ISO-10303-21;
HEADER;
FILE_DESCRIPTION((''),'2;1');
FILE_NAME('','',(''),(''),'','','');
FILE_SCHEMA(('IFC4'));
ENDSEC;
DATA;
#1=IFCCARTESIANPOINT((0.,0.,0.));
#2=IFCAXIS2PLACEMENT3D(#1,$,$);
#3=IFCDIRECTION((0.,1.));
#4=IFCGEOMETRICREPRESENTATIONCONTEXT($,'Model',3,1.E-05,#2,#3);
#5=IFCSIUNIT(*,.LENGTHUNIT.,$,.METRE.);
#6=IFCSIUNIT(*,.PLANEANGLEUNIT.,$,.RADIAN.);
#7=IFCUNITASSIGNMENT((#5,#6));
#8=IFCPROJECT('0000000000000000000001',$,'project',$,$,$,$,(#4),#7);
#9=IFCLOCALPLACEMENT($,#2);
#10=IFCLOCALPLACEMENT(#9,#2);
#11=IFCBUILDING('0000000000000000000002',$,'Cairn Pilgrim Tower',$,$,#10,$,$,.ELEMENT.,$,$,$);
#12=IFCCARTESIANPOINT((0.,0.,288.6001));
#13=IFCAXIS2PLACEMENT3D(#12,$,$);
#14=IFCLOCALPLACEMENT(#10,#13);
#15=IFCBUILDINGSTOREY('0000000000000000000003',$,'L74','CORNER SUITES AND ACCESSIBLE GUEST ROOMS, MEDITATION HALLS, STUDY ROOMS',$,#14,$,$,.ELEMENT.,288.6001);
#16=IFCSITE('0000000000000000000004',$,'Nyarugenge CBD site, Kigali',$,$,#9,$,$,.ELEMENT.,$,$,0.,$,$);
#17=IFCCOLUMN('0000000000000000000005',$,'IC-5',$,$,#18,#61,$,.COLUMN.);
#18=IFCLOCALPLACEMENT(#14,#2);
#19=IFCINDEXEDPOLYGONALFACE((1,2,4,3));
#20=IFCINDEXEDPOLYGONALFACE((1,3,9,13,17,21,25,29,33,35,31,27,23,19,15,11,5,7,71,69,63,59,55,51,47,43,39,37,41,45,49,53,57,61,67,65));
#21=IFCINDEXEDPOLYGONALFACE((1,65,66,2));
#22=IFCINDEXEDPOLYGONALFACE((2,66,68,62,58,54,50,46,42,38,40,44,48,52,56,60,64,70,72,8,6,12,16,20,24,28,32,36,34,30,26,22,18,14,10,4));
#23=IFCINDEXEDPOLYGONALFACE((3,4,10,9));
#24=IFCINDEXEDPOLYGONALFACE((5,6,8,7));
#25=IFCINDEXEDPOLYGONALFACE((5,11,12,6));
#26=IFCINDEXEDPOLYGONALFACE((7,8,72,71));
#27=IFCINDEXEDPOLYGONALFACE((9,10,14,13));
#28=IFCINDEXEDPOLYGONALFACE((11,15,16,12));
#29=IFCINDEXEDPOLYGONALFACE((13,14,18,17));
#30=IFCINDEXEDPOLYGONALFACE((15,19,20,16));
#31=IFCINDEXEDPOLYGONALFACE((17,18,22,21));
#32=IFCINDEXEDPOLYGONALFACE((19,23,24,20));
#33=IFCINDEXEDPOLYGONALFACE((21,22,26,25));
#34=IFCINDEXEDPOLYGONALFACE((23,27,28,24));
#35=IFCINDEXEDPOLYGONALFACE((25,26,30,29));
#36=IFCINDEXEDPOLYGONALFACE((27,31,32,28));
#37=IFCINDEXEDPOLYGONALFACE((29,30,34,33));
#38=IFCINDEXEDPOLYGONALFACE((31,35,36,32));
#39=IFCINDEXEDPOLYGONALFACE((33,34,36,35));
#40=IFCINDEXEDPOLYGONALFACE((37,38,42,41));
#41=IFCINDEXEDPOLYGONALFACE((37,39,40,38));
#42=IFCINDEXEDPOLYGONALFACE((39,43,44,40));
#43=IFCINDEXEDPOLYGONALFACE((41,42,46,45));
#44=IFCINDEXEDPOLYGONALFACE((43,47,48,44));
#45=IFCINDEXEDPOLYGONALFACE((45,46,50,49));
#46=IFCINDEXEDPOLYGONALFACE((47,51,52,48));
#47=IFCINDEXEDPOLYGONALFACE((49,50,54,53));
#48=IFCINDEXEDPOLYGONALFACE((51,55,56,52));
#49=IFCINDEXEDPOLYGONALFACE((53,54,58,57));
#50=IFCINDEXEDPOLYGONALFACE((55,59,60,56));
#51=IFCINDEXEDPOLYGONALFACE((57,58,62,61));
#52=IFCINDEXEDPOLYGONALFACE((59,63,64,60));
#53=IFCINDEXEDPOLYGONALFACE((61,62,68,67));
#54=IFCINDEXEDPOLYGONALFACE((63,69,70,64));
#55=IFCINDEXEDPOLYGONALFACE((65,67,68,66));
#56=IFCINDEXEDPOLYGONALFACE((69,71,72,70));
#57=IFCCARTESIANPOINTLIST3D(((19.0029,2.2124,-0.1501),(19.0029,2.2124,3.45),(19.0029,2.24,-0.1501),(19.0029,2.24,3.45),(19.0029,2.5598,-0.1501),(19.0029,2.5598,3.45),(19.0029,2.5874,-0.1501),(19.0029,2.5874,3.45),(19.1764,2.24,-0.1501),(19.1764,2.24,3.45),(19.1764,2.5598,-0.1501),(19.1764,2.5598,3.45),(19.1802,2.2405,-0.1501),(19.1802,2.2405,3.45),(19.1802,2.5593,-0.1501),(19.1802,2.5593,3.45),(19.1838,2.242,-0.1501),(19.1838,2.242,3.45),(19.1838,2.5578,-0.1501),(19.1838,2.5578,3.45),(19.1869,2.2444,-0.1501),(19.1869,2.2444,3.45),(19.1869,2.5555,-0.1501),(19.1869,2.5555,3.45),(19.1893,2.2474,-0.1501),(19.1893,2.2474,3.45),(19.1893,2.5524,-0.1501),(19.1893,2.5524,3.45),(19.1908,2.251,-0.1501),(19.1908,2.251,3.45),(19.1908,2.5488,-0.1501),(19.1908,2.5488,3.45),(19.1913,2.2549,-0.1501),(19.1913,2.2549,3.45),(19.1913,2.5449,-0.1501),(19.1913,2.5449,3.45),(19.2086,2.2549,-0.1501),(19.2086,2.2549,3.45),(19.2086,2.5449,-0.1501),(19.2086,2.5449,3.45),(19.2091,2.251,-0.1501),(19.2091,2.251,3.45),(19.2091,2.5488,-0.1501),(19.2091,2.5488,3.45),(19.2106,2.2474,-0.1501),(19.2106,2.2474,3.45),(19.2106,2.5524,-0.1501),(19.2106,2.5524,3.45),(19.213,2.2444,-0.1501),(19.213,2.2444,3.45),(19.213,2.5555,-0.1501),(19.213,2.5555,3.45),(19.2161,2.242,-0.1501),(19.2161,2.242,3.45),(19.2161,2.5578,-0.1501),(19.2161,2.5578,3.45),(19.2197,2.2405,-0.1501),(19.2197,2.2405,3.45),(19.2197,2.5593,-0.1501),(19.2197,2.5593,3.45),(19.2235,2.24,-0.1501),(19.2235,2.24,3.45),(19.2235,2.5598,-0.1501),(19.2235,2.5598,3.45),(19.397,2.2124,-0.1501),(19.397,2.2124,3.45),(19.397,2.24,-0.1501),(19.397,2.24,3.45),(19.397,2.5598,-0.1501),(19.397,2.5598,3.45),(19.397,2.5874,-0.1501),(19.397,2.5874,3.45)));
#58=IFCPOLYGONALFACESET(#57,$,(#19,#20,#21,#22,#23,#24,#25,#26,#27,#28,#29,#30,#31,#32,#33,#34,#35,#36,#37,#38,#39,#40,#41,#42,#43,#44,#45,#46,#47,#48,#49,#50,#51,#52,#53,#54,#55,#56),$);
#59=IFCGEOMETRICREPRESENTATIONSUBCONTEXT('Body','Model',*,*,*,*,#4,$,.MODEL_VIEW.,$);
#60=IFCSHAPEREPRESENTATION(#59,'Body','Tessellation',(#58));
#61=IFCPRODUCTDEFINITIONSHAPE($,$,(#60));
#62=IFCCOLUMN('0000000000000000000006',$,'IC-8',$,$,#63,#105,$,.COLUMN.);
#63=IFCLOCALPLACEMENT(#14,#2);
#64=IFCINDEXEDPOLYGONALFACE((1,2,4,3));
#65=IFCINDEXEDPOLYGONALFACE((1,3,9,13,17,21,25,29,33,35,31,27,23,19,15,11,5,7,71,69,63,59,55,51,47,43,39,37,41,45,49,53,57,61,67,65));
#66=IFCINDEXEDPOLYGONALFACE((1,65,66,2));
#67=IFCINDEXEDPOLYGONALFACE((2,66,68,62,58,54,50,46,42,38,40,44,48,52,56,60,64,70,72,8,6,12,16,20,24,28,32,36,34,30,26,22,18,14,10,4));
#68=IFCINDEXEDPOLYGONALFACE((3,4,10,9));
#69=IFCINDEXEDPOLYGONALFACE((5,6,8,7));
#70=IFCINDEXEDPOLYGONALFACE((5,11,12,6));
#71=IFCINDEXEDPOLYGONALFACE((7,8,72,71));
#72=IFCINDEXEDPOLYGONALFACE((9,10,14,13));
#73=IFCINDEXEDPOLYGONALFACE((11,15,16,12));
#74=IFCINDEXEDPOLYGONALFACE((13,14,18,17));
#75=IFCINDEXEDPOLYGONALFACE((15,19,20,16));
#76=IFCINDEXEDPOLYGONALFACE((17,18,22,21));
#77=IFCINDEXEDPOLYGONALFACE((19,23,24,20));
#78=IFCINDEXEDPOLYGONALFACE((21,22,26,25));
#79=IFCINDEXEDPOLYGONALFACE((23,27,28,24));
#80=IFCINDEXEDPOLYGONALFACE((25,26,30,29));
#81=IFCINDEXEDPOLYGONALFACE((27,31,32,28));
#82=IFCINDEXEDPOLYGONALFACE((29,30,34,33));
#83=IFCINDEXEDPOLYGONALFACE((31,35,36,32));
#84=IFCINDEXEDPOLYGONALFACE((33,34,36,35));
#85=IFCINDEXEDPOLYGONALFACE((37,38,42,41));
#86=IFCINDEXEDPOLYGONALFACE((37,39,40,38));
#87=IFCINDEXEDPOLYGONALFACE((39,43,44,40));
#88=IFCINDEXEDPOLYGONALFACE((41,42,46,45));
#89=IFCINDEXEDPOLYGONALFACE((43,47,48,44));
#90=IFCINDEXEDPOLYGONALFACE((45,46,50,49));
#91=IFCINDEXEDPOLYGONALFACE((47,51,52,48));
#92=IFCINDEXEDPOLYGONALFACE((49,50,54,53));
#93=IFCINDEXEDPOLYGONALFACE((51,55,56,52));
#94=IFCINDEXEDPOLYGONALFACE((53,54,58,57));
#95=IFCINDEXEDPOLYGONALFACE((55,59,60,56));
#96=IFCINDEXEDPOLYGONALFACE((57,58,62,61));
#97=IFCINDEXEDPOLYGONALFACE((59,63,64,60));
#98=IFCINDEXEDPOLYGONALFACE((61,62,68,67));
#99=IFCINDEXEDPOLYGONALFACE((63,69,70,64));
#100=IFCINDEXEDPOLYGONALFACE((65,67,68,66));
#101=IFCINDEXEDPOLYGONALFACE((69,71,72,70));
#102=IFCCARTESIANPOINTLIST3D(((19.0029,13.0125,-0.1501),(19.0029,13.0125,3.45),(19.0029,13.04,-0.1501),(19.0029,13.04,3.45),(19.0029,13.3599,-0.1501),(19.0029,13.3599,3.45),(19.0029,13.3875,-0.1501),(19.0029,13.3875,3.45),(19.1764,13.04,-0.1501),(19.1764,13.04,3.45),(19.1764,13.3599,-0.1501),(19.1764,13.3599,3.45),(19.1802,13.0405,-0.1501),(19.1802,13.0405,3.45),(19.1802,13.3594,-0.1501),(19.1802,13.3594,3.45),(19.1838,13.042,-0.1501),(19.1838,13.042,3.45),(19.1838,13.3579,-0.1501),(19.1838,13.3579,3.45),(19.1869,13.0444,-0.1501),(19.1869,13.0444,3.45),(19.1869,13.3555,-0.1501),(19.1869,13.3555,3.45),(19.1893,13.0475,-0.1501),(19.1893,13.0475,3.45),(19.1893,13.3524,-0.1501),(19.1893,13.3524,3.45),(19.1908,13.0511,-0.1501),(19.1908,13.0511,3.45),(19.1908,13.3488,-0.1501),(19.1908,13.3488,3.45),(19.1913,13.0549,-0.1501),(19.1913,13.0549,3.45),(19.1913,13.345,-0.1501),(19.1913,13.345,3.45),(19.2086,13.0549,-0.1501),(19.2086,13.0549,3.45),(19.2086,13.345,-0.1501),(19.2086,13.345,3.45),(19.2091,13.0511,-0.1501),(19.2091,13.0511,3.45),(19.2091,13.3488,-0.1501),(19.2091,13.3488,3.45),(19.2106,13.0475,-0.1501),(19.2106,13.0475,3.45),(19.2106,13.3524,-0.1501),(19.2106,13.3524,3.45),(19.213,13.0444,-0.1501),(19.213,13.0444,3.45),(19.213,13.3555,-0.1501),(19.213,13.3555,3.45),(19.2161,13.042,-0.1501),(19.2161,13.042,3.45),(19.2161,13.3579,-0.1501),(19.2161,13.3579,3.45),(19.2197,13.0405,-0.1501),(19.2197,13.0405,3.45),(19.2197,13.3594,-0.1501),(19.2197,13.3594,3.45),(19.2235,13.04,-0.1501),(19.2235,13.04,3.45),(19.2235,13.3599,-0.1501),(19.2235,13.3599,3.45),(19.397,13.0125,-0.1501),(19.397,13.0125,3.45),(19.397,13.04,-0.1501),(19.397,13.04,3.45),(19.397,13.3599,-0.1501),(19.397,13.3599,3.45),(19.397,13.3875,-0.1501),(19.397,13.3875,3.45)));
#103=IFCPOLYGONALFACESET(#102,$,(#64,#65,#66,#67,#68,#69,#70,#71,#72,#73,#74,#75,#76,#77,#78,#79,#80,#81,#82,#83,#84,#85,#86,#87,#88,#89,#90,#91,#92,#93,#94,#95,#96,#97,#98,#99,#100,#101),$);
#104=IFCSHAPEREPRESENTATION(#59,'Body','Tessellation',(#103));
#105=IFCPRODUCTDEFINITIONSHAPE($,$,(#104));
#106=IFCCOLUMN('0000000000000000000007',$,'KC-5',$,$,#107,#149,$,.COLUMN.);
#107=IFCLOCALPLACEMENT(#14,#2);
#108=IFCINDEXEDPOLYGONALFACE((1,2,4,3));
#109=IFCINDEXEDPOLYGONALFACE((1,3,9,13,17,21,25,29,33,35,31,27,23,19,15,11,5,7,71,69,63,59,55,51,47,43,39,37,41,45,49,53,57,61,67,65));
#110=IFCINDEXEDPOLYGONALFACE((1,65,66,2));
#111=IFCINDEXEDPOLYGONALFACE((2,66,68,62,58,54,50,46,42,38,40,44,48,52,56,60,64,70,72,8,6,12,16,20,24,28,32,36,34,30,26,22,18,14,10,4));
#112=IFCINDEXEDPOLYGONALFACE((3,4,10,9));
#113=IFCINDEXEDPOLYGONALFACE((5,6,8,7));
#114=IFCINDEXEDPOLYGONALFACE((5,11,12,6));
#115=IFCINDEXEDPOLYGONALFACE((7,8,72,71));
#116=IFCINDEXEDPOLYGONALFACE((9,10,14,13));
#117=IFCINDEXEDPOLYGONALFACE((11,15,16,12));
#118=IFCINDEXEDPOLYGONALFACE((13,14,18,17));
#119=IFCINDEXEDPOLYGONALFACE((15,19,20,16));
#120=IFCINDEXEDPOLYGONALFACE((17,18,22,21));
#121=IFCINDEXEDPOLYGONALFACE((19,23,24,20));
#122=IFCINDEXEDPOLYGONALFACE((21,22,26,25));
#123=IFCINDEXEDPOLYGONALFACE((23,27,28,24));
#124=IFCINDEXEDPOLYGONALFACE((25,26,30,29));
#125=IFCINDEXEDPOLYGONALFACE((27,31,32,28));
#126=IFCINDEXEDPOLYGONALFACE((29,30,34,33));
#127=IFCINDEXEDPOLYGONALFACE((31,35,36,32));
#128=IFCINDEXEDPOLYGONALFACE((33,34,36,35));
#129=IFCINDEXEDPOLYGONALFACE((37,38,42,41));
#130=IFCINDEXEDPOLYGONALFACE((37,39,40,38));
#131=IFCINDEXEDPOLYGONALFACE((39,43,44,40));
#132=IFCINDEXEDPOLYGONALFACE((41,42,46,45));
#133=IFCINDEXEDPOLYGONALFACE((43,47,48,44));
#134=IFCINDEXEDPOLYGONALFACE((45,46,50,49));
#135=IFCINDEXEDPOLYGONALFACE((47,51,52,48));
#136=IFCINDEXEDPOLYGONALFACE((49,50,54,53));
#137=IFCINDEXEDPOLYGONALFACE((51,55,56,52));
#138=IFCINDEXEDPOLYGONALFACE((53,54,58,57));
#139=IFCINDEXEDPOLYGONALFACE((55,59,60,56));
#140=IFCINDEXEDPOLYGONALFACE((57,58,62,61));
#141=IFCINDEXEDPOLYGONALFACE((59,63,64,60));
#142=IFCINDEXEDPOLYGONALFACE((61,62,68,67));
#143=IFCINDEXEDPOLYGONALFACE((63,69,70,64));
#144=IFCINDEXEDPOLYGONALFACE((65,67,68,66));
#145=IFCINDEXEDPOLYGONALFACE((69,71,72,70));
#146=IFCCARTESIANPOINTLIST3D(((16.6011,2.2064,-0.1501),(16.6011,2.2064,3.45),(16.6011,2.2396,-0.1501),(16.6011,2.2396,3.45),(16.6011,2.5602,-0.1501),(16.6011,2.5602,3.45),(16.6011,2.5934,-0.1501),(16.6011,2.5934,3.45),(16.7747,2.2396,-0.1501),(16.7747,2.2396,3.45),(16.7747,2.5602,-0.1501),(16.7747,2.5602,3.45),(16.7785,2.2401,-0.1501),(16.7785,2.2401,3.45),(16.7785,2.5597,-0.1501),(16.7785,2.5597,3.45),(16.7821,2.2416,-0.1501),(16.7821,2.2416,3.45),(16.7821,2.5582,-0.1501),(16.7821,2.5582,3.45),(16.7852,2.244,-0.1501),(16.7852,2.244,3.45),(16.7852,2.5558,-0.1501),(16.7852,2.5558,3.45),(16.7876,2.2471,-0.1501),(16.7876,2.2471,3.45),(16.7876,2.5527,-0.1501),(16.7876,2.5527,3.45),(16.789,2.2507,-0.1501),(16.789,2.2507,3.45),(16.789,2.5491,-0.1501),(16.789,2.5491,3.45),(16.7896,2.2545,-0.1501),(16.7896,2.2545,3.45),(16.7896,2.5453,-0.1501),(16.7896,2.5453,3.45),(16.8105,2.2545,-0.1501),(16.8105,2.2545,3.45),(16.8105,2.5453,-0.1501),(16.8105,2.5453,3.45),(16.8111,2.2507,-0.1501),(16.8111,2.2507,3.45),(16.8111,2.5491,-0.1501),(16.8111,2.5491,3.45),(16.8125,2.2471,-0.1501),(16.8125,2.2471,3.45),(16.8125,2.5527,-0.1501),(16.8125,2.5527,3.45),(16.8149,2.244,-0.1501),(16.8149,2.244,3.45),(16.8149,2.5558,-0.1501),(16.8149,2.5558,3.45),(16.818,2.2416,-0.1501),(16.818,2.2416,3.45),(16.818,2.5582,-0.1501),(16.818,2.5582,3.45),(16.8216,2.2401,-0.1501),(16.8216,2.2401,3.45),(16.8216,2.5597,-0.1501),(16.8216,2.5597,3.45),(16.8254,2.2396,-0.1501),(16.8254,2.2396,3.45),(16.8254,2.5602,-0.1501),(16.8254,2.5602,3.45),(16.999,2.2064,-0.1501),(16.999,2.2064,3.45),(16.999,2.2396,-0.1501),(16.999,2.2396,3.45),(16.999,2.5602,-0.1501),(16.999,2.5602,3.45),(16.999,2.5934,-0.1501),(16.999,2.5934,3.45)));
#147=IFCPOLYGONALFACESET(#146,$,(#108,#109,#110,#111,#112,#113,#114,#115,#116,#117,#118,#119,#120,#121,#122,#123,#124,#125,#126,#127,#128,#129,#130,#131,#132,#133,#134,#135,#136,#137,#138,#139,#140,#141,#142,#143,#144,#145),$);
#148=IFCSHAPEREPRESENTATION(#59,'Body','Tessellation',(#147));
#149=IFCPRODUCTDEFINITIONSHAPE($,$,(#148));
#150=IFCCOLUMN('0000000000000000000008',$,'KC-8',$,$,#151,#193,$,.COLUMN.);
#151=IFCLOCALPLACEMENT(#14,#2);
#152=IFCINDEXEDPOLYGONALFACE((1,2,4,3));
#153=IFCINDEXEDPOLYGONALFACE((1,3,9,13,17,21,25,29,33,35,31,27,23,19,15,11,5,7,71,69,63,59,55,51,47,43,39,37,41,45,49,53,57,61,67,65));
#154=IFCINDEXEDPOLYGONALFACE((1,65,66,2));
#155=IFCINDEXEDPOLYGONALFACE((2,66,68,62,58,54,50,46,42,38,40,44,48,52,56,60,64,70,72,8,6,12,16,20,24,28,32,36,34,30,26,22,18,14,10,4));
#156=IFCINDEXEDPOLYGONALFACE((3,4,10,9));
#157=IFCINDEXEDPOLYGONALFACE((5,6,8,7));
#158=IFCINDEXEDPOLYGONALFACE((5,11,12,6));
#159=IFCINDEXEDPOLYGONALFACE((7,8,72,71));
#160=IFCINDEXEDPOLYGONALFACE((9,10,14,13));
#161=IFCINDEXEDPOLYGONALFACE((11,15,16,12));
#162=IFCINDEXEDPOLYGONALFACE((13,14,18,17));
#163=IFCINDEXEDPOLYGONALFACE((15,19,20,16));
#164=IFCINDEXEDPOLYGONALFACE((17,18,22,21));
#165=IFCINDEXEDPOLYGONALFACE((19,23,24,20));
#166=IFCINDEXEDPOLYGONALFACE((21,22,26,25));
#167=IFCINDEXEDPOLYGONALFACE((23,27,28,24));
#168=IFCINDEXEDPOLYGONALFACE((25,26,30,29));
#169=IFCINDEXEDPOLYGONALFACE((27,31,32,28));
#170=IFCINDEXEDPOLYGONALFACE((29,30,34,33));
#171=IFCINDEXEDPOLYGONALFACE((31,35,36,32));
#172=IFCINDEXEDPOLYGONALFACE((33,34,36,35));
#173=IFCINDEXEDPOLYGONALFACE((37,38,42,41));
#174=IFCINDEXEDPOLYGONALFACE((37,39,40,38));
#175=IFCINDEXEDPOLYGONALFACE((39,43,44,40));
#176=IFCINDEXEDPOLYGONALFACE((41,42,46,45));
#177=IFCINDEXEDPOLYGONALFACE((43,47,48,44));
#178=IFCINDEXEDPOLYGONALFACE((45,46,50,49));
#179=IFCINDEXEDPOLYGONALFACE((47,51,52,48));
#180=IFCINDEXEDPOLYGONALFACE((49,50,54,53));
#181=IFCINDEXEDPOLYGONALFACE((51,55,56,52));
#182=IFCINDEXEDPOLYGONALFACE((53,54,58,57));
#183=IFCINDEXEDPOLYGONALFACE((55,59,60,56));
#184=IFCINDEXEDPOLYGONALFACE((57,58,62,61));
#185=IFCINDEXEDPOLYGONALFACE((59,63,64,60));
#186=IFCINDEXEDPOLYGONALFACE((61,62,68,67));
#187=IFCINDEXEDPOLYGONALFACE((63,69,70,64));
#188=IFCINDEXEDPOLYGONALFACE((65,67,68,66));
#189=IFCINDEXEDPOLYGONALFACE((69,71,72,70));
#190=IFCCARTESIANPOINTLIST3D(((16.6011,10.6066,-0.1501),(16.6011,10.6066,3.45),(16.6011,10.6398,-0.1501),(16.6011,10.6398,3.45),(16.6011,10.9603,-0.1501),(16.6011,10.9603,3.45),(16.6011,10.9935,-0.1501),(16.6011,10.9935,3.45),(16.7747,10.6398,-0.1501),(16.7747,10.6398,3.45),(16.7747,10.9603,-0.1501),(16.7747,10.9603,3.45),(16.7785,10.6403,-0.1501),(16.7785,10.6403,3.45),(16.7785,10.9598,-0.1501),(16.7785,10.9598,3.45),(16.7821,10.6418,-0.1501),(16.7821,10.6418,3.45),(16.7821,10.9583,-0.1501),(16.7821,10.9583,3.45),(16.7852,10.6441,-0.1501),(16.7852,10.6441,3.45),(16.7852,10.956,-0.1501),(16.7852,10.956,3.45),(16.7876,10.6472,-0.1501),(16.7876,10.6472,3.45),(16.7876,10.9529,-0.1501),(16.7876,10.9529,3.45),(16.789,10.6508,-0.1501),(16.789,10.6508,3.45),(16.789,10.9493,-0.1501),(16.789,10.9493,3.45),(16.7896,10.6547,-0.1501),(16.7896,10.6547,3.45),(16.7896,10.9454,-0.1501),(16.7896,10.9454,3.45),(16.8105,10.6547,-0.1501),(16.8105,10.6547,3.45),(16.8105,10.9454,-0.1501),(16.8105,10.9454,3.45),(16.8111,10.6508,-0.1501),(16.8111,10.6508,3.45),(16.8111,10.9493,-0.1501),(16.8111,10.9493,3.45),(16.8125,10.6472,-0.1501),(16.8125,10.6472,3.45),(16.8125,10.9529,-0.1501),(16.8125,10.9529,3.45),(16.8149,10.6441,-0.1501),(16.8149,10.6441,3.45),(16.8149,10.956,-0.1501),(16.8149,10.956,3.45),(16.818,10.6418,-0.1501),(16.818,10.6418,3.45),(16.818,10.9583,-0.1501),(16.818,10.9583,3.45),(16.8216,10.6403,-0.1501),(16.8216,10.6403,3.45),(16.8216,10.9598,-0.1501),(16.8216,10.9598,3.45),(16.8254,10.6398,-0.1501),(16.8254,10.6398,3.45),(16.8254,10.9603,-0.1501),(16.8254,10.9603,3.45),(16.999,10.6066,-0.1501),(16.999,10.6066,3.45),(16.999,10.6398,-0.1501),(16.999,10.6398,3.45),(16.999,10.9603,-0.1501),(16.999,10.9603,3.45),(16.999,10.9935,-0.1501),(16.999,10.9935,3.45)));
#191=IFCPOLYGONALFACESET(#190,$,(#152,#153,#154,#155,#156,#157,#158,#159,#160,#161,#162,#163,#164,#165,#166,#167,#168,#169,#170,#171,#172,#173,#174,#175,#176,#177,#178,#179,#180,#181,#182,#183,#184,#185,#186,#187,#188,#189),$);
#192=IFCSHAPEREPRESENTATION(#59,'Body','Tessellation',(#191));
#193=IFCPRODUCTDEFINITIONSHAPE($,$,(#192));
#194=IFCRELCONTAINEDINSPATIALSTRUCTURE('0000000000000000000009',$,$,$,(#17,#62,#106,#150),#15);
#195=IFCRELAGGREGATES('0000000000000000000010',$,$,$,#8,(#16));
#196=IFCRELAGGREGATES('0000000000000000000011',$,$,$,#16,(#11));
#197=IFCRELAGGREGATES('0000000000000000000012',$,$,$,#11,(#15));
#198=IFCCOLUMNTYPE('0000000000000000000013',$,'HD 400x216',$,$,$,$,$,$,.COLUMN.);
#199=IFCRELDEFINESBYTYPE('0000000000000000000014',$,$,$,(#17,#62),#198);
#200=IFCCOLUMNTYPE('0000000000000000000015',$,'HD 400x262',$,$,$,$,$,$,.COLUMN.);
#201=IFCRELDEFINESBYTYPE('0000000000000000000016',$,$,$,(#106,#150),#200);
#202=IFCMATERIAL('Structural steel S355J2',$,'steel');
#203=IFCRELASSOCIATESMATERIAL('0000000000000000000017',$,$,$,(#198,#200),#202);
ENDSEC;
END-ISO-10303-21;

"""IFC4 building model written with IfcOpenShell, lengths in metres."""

from ifc_helpers import new_model, si_unit, direction, frame, origin, origin_2d, place, context, subcontext, project, spatial, i_section, extrude, material, material_profile, profile_set, type_object, element, save


model = new_model("IFC4")

# Units and contexts
model_context = context("Model", 3, precision=1e-05, world=origin(), true_north=direction((0.0, 1.0)))
body_context = subcontext(model_context, "Body", "Model", "MODEL_VIEW")
ifc_project = project(units=[si_unit("LENGTHUNIT", "METRE"), si_unit("PLANEANGLEUNIT", "RADIAN")], contexts=[model_context])

# Site, building, storey
site_placement = place(None, origin())
site = spatial("IfcSite", under=ifc_project, at=site_placement, Name="Nyarugenge CBD site, Kigali", CompositionType="ELEMENT", RefElevation=0.0)
building_placement = place(site_placement, origin())
building = spatial("IfcBuilding", under=site, at=building_placement, Name="Cairn Pilgrim Tower", CompositionType="ELEMENT")
storey_placement = place(building_placement, frame((0.0, 0.0, 288.6001)))
storey = spatial("IfcBuildingStorey", under=building, at=storey_placement, Name="L74", Description="CORNER SUITES AND ACCESSIBLE GUEST ROOMS, MEDITATION HALLS, STUDY ROOMS", CompositionType="ELEMENT", Elevation=288.6001)

# Columns
ifc_material_1 = material(Name="Structural steel S355J2", Category="steel")
ifc_material_profile_1 = material_profile(ifc_material_1, i_section(OverallWidth=0.394, OverallDepth=0.375, WebThickness=0.0173, FlangeThickness=0.0276, FilletRadius=0.0149, at=origin_2d()), Name="HD 400x216")
ifc_profile_set_1 = profile_set([ifc_material_profile_1], Name="Structural steel S355J2")
column_type_1 = type_object("IfcColumnType", Name="HD 400x216", PredefinedType="COLUMN", material=ifc_profile_set_1)
for number, where, z_axis, x_axis, name in (
    (1, (19.2, 2.3999, -0.1501), (0.0, 0.0, 1.0), (1.0, 0.0, 0.0), "IC-5"),
    (2, (19.2, 13.2, -0.1501), (0.0, 0.0, 1.0), (1.0, 0.0, 0.0), "IC-8"),
):
    element("IfcColumn", number, at=place(storey_placement, frame(where, z_axis=z_axis, x_axis=x_axis)), inside=storey, type_object=column_type_1, Name=name, PredefinedType="COLUMN", context=body_context, shape_type="SweptSolid", body=[
        extrude(i_section(OverallWidth=0.394, OverallDepth=0.375, WebThickness=0.0173, FlangeThickness=0.0276, FilletRadius=0.0149, at=origin_2d()), origin(), (0.0, 0.0, 1.0), 3.6001),
    ])
ifc_material_profile_2 = material_profile(ifc_material_1, i_section(OverallWidth=0.3979, OverallDepth=0.387, WebThickness=0.021, FlangeThickness=0.0332, FilletRadius=0.0149, at=origin_2d()), Name="HD 400x262")
ifc_profile_set_2 = profile_set([ifc_material_profile_2], Name="Structural steel S355J2")
column_type_2 = type_object("IfcColumnType", Name="HD 400x262", PredefinedType="COLUMN", material=ifc_profile_set_2)
for number, where, z_axis, x_axis, name in (
    (3, (16.8, 2.3999, -0.1501), (0.0, 0.0, 1.0), (1.0, 0.0, 0.0), "KC-5"),
    (4, (16.8, 10.8, -0.1501), (0.0, 0.0, 1.0), (1.0, 0.0, 0.0), "KC-8"),
):
    element("IfcColumn", number, at=place(storey_placement, frame(where, z_axis=z_axis, x_axis=x_axis)), inside=storey, type_object=column_type_2, Name=name, PredefinedType="COLUMN", context=body_context, shape_type="SweptSolid", body=[
        extrude(i_section(OverallWidth=0.3979, OverallDepth=0.387, WebThickness=0.021, FlangeThickness=0.0332, FilletRadius=0.0149, at=origin_2d()), origin(), (0.0, 0.0, 1.0), 3.6001),
    ])

save(model, "model.ifc")
